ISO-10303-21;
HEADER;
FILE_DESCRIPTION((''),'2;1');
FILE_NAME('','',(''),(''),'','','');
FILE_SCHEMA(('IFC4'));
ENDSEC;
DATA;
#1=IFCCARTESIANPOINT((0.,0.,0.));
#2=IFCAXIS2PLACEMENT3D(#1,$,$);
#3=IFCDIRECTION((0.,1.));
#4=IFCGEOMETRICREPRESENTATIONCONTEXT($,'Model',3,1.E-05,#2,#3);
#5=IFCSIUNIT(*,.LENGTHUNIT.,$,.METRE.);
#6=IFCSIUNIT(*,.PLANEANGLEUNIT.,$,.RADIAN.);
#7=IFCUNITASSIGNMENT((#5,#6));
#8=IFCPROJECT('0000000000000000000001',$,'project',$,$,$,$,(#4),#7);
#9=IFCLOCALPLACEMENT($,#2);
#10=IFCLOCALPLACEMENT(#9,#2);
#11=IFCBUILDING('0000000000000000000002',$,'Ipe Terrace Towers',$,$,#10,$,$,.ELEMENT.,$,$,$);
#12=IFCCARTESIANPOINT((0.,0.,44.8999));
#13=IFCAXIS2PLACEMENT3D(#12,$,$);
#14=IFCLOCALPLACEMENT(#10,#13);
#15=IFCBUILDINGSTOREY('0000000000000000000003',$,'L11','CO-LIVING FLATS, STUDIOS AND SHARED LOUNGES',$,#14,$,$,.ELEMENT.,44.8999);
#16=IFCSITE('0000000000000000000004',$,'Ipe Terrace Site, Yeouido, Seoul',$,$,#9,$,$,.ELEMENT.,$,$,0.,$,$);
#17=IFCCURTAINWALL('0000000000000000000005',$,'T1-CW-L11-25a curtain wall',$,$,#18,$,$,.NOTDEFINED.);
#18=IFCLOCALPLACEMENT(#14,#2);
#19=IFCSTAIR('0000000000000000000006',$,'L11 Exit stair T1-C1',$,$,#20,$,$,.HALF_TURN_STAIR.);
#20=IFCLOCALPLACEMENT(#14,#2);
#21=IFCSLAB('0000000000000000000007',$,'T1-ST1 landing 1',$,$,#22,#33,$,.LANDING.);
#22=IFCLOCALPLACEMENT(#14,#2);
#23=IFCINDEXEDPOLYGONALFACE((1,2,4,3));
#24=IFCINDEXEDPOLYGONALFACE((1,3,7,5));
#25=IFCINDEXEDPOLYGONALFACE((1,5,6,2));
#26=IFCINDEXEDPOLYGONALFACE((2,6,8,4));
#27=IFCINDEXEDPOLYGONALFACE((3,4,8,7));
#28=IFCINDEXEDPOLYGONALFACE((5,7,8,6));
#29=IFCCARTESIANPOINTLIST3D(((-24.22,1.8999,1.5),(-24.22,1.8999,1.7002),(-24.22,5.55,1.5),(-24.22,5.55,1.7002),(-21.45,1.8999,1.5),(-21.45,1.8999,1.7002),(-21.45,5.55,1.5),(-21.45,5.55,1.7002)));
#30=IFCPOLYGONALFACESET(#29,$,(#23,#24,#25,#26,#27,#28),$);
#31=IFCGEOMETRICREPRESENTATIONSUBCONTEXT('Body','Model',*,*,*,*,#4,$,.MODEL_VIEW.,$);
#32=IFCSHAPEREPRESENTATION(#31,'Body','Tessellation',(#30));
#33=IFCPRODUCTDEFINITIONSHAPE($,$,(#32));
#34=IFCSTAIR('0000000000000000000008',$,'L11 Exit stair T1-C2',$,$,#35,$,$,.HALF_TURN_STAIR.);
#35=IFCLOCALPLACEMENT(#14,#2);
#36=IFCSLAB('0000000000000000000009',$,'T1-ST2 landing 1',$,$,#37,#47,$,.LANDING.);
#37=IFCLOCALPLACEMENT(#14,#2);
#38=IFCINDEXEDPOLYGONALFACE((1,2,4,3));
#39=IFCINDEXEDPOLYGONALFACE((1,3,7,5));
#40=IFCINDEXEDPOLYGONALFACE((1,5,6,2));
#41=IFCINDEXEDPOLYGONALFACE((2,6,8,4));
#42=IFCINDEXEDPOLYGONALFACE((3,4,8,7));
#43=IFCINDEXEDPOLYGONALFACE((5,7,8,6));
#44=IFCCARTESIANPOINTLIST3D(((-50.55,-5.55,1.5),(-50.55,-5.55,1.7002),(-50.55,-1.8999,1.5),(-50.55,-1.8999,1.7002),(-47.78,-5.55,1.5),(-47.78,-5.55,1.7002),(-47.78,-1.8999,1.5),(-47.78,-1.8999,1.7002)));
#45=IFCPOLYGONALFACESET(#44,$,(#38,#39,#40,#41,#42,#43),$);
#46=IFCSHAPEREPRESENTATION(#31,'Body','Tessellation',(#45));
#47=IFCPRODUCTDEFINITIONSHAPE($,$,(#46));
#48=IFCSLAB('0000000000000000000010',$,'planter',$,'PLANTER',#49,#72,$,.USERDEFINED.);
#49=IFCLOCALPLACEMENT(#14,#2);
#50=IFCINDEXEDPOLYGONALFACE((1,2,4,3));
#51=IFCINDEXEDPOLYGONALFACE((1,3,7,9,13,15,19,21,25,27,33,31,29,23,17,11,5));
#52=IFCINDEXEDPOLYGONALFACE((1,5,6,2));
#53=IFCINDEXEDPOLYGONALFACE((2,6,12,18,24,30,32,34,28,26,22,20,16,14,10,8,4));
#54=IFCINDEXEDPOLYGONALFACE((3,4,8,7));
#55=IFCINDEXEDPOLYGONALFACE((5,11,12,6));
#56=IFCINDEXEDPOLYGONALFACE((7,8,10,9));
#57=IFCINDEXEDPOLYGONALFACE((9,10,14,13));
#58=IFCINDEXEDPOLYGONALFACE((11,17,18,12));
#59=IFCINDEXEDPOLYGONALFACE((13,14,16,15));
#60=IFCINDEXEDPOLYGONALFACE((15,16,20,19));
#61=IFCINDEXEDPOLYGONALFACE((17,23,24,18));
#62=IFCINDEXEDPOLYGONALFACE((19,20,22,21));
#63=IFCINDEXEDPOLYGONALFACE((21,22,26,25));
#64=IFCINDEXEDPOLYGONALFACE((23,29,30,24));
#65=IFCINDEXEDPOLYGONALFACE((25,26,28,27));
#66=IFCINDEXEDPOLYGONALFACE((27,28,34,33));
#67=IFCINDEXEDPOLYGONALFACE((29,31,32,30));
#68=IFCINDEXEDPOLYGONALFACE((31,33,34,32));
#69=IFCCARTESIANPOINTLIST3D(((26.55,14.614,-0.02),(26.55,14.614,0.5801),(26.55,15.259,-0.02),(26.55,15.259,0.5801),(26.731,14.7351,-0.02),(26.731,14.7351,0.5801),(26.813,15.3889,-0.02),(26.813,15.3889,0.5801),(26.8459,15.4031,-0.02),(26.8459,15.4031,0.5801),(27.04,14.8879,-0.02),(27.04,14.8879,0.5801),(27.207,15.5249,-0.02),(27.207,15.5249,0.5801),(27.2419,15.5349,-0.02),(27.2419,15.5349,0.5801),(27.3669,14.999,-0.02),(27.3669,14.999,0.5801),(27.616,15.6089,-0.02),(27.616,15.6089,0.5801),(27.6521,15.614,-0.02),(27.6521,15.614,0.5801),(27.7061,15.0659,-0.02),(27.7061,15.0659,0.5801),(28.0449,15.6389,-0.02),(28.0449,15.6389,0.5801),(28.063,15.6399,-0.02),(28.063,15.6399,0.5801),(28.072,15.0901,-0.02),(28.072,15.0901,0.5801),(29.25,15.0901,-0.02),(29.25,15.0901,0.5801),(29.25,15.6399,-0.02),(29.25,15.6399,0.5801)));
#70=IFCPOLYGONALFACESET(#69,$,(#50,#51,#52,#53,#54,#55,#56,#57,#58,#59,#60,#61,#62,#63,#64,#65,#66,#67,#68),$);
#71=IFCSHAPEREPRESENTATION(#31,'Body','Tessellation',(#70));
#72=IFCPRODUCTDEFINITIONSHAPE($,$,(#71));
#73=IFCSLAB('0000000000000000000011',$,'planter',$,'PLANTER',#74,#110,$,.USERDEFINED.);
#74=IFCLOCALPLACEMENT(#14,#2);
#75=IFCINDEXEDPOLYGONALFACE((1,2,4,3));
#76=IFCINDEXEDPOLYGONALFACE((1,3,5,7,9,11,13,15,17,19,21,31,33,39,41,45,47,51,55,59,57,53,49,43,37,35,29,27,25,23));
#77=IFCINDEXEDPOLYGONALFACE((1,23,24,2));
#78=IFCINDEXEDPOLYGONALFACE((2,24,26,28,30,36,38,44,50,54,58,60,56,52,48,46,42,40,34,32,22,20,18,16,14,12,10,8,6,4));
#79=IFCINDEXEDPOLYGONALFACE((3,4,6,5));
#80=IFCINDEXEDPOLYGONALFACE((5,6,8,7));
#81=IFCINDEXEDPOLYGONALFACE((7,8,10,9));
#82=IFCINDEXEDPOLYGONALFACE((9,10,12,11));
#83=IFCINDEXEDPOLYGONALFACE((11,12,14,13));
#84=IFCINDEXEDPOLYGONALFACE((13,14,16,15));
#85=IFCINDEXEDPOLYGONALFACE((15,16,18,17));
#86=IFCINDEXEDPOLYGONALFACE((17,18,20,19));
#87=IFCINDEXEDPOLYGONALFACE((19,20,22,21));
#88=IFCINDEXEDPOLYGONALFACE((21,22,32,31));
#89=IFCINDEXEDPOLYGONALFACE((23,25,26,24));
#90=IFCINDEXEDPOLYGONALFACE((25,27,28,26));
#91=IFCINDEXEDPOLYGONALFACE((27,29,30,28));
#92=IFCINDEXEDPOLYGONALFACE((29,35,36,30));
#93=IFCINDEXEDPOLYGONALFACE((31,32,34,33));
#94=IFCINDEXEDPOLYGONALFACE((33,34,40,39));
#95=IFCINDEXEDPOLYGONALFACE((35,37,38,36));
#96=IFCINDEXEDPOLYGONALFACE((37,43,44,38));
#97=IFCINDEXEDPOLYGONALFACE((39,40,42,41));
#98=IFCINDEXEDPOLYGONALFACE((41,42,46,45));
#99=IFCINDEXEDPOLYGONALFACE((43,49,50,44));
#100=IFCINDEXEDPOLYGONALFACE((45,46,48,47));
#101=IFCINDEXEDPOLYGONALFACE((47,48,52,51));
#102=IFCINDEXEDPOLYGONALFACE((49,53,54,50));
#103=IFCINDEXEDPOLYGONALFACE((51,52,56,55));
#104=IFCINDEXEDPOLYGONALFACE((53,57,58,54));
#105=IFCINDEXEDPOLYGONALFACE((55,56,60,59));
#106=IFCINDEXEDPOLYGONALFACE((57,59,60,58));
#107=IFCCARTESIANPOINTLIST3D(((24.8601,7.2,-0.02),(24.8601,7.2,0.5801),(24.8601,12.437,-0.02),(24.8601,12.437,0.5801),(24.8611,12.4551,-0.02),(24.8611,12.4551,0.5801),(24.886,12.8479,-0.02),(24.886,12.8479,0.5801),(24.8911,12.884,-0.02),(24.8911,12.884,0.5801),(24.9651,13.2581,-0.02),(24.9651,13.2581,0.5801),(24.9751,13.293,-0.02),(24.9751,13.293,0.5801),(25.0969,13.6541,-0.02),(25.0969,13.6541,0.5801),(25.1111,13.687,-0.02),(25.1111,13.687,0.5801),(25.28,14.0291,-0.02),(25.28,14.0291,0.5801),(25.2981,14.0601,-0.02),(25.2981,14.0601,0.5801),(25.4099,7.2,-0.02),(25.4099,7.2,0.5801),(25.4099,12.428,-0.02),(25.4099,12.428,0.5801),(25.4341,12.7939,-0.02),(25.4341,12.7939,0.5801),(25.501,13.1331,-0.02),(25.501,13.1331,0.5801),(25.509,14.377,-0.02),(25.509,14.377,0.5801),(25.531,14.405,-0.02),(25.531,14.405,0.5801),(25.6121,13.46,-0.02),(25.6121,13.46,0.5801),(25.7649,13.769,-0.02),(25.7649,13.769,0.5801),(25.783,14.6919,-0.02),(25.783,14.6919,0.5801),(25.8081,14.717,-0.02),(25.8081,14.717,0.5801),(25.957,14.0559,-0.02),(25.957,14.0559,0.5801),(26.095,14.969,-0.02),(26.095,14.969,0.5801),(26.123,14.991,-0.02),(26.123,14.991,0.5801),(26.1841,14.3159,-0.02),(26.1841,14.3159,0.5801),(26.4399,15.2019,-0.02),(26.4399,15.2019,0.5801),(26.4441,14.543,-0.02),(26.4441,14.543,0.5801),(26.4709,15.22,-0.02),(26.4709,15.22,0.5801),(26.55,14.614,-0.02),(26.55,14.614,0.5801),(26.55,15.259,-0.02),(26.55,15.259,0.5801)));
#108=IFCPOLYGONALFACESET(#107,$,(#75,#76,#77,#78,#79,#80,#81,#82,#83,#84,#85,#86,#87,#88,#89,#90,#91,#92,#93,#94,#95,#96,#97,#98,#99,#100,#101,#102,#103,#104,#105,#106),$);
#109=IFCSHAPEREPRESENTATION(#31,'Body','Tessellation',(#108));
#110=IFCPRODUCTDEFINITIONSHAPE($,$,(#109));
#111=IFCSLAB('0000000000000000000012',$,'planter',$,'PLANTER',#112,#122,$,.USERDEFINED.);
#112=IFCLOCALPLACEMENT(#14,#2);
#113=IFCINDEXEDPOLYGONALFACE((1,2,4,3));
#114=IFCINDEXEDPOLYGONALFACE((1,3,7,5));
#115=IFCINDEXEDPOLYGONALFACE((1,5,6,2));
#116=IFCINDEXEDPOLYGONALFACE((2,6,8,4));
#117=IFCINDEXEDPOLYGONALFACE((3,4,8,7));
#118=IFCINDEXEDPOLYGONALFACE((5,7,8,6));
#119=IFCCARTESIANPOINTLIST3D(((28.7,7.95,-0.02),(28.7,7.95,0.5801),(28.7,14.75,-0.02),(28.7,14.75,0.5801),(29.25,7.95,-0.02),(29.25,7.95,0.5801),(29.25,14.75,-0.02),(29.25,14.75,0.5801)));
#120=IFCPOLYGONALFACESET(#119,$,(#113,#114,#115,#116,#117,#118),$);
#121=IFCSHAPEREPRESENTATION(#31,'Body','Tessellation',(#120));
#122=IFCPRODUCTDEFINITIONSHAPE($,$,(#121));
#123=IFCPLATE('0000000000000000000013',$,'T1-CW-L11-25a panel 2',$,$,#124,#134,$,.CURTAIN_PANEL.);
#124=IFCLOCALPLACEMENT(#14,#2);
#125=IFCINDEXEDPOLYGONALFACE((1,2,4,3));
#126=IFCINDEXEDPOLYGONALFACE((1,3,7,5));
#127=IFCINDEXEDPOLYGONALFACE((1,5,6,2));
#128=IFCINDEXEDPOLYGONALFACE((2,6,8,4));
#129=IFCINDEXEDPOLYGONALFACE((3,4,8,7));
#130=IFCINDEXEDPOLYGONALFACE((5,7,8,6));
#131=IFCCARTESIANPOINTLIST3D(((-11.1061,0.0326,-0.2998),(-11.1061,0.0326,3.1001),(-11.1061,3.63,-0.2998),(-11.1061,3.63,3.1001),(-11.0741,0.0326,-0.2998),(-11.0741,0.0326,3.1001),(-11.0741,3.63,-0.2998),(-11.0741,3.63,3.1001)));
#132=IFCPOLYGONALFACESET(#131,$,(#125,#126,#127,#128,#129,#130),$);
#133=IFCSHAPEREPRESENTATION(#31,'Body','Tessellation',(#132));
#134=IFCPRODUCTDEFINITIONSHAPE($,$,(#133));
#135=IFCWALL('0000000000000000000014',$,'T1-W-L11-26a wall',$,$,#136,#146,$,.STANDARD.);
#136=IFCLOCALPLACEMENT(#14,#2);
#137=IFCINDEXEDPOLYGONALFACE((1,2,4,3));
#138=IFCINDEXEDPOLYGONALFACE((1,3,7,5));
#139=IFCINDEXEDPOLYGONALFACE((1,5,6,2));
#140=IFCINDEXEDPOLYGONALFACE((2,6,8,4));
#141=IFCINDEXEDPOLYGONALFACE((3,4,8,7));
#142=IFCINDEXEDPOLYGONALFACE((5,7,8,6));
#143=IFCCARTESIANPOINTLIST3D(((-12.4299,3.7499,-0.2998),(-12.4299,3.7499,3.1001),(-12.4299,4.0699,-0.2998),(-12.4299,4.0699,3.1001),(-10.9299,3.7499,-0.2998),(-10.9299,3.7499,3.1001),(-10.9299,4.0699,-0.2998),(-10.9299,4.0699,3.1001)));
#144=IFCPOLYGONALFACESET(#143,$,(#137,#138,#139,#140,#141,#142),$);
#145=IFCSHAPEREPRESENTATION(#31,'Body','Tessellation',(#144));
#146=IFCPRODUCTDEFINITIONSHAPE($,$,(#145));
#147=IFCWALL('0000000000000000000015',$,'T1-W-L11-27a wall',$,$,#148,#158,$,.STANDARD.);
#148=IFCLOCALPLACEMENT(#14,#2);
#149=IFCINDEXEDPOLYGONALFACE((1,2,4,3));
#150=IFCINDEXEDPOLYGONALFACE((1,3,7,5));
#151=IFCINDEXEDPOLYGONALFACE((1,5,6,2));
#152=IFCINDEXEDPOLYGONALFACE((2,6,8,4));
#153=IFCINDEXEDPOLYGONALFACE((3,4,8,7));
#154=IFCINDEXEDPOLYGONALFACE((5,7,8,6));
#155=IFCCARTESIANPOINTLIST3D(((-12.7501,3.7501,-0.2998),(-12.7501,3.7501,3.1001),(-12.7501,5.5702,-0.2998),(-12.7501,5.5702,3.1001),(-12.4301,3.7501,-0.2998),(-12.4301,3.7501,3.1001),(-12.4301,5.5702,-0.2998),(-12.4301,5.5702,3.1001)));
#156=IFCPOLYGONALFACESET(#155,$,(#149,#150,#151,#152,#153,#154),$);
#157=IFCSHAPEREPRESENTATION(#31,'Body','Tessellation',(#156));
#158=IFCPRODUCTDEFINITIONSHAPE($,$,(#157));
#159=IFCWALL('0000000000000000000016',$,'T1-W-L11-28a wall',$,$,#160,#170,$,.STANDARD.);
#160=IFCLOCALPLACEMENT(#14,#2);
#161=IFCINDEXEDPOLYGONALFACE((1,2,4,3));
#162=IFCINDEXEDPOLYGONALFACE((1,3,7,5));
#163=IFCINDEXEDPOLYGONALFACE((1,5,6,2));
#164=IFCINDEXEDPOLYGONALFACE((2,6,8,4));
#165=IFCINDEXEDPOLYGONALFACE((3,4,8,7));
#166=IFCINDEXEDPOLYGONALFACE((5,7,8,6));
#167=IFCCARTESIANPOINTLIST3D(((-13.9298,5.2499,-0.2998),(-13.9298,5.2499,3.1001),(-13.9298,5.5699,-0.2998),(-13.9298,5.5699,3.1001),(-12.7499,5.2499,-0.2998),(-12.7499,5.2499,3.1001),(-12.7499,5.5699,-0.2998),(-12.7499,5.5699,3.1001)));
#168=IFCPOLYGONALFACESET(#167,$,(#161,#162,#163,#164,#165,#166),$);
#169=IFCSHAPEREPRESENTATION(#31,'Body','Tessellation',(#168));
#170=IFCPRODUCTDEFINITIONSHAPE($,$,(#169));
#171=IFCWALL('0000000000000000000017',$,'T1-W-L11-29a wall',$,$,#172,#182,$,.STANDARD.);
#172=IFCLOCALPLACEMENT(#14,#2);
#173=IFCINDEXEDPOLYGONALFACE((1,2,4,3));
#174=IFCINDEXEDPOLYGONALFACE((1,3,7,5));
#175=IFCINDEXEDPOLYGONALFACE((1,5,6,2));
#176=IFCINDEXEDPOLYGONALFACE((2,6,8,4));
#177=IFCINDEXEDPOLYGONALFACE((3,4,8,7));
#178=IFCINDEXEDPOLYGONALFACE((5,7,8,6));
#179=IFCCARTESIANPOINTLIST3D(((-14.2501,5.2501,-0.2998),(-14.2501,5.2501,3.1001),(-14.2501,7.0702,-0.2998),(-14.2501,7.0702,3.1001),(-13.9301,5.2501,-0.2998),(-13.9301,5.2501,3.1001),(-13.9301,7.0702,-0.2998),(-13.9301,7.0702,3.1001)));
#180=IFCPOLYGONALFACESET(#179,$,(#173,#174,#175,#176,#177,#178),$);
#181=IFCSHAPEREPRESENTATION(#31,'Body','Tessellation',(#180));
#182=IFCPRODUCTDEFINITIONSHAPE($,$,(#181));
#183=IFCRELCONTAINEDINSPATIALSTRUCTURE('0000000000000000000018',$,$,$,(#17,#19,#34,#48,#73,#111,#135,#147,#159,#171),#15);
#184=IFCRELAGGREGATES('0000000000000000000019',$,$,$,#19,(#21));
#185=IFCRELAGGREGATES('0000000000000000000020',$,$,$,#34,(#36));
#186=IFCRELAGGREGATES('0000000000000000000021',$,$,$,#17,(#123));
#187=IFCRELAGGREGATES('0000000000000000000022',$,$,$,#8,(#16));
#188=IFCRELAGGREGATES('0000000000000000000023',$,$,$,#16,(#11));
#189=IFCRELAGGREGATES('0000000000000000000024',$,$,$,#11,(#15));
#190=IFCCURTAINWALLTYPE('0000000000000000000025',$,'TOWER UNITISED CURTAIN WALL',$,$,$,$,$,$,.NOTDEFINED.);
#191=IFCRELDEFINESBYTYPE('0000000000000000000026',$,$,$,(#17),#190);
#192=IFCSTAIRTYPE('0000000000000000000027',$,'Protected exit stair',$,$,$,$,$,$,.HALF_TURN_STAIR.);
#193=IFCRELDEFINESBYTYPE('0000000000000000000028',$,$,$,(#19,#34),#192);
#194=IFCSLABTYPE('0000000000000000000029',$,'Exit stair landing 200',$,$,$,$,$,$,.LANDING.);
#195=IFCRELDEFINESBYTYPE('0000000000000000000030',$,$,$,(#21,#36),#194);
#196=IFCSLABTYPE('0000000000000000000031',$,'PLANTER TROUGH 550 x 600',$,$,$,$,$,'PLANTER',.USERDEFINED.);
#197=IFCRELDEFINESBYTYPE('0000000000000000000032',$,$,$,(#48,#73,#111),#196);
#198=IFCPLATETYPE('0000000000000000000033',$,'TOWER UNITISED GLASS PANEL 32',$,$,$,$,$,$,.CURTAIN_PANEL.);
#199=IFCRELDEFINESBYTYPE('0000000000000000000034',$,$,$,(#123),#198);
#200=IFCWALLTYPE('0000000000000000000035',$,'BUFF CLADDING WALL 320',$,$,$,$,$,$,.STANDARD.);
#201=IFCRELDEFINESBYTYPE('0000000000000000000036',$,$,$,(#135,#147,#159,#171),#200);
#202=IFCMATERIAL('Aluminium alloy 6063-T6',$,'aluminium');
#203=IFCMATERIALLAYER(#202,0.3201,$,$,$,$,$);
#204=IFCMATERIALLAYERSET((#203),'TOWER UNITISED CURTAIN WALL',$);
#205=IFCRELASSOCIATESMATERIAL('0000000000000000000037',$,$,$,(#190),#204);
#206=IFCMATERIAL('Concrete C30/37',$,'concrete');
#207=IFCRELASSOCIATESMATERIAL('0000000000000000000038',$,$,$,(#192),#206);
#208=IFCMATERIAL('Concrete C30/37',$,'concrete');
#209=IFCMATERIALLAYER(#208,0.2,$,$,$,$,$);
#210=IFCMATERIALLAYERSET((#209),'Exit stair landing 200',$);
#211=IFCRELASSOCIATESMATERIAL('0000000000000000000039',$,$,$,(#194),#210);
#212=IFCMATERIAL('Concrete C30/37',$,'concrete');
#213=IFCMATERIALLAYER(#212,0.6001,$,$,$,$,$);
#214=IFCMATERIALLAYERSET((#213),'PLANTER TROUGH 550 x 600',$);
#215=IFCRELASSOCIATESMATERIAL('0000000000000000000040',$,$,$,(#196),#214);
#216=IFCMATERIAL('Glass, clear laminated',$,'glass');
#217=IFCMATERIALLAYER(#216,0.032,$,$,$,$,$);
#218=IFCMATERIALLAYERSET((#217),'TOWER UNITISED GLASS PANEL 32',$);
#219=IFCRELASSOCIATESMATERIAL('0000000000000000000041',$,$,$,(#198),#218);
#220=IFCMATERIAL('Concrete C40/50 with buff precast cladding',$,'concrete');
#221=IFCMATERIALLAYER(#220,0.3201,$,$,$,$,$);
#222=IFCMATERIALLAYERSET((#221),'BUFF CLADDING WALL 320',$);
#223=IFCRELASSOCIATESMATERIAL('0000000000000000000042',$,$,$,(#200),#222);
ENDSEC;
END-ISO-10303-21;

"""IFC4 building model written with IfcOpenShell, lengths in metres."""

from ifc_helpers import new_model, si_unit, direction, frame, frame_2d, origin, origin_2d, place, context, subcontext, project, spatial, polyline, rectangle, outline, extrude, material, layer, layer_set, type_object, element, aggregate, save


model = new_model("IFC4")

# Units and contexts
model_context = context("Model", 3, precision=1e-05, world=origin(), true_north=direction((0.0, 1.0)))
body_context = subcontext(model_context, "Body", "Model", "MODEL_VIEW")
ifc_project = project(units=[si_unit("LENGTHUNIT", "METRE"), si_unit("PLANEANGLEUNIT", "RADIAN")], contexts=[model_context])

# Site, building, storey
site_placement = place(None, origin())
site = spatial("IfcSite", under=ifc_project, at=site_placement, Name="Ipe Terrace Site, Yeouido, Seoul", CompositionType="ELEMENT", RefElevation=0.0)
building_placement = place(site_placement, origin())
building = spatial("IfcBuilding", under=site, at=building_placement, Name="Ipe Terrace Towers", CompositionType="ELEMENT")
storey_placement = place(building_placement, frame((0.0, 0.0, 44.8999)))
storey = spatial("IfcBuildingStorey", under=building, at=storey_placement, Name="L11", Description="CO-LIVING FLATS, STUDIOS AND SHARED LOUNGES", CompositionType="ELEMENT", Elevation=44.8999)

# Curtain wall
ifc_material_1 = material(Name="Aluminium alloy 6063-T6", Category="aluminium")
ifc_layer_1 = layer(ifc_material_1, 0.3201)
ifc_layer_set_1 = layer_set([ifc_layer_1], Name="TOWER UNITISED CURTAIN WALL")
curtain_wall_type = type_object("IfcCurtainWallType", Name="TOWER UNITISED CURTAIN WALL", PredefinedType="NOTDEFINED", material=ifc_layer_set_1)
curtain_wall_1_placement = place(storey_placement, origin())
curtain_wall_1 = element("IfcCurtainWall", 1, at=curtain_wall_1_placement, inside=storey, type_object=curtain_wall_type, Name="T1-CW-L11-25a curtain wall", PredefinedType="NOTDEFINED")

# Stairs, slabs
ifc_material_2 = material(Name="Concrete C30/37", Category="concrete")
stair_type = type_object("IfcStairType", Name="Protected exit stair", PredefinedType="HALF_TURN_STAIR", material=ifc_material_2)
stair_1_placement = place(storey_placement, origin())
stair_1 = element("IfcStair", 2, at=stair_1_placement, inside=storey, type_object=stair_type, Name="L11 Exit stair T1-C1", PredefinedType="HALF_TURN_STAIR")
ifc_material_3 = material(Name="Concrete C30/37", Category="concrete")
ifc_layer_2 = layer(ifc_material_3, 0.2)
ifc_layer_set_2 = layer_set([ifc_layer_2], Name="Exit stair landing 200")
slab_type_1 = type_object("IfcSlabType", Name="Exit stair landing 200", PredefinedType="LANDING", material=ifc_layer_set_2)
slab_1_placement = place(storey_placement, frame((0.0, 0.0, 1.5)))
slab_1 = element("IfcSlab", 3, at=slab_1_placement, type_object=slab_type_1, Name="T1-ST1 landing 1", PredefinedType="LANDING", context=body_context, shape_type="SweptSolid", body=[
    extrude(outline(polyline([(-24.22, 1.8999), (-21.45, 1.8999), (-21.45, 5.55), (-24.22, 5.55), (-24.22, 1.8999)])), origin(), (0.0, 0.0, 1.0), 0.2002),
])
aggregate(stair_1, [slab_1])
stair_2_placement = place(storey_placement, origin())
stair_2 = element("IfcStair", 4, at=stair_2_placement, inside=storey, type_object=stair_type, Name="L11 Exit stair T1-C2", PredefinedType="HALF_TURN_STAIR")
slab_2_placement = place(storey_placement, frame((0.0, 0.0, 1.5)))
slab_2 = element("IfcSlab", 5, at=slab_2_placement, type_object=slab_type_1, Name="T1-ST2 landing 1", PredefinedType="LANDING", context=body_context, shape_type="SweptSolid", body=[
    extrude(outline(polyline([(-47.78, -1.8999), (-50.55, -1.8999), (-50.55, -5.55), (-47.78, -5.55), (-47.78, -1.8999)])), origin(), (0.0, 0.0, 1.0), 0.2002),
])
aggregate(stair_2, [slab_2])

# Slabs
ifc_material_4 = material(Name="Concrete C30/37", Category="concrete")
ifc_layer_3 = layer(ifc_material_4, 0.6001)
ifc_layer_set_3 = layer_set([ifc_layer_3], Name="PLANTER TROUGH 550 x 600")
slab_type_2 = type_object("IfcSlabType", Name="PLANTER TROUGH 550 x 600", ElementType="PLANTER", PredefinedType="USERDEFINED", material=ifc_layer_set_3)
slab_3_placement = place(storey_placement, frame((0.0, 0.0, -0.02)))
element("IfcSlab", 6, at=slab_3_placement, inside=storey, type_object=slab_type_2, Name="planter", ObjectType="PLANTER", PredefinedType="USERDEFINED", context=body_context, shape_type="SweptSolid", body=[
    extrude(outline(polyline([(27.3669, 14.999), (27.7061, 15.0659), (28.072, 15.0901), (29.25, 15.0901), (29.25, 15.6399), (28.063, 15.6399), (28.0449, 15.6389), (27.6521, 15.614), (27.616, 15.6089), (27.2419, 15.5349), (27.207, 15.5249), (26.8459, 15.4031), (26.813, 15.3889), (26.55, 15.259), (26.55, 14.614), (26.731, 14.7351), (27.04, 14.8879), (27.3669, 14.999)])), origin(), (0.0, 0.0, 1.0), 0.6001),
])
slab_4_placement = place(storey_placement, frame((0.0, 0.0, -0.02)))
element("IfcSlab", 7, at=slab_4_placement, inside=storey, type_object=slab_type_2, Name="planter", ObjectType="PLANTER", PredefinedType="USERDEFINED", context=body_context, shape_type="SweptSolid", body=[
    extrude(outline(polyline([(26.4441, 14.543), (26.55, 14.614), (26.55, 15.259), (26.4709, 15.22), (26.4399, 15.2019), (26.123, 14.991), (26.095, 14.969), (25.8081, 14.717), (25.783, 14.6919), (25.531, 14.405), (25.509, 14.377), (25.2981, 14.0601), (25.28, 14.0291), (25.1111, 13.687), (25.0969, 13.6541), (24.9751, 13.293), (24.9651, 13.2581), (24.8911, 12.884), (24.886, 12.8479), (24.8611, 12.4551), (24.8601, 12.437), (24.8601, 7.2), (25.4099, 7.2), (25.4099, 12.428), (25.4341, 12.7939), (25.501, 13.1331), (25.6121, 13.46), (25.7649, 13.769), (25.957, 14.0559), (26.1841, 14.3159), (26.4441, 14.543)])), origin(), (0.0, 0.0, 1.0), 0.6001),
])
slab_5_placement = place(storey_placement, frame((0.0, 0.0, -0.02)))
element("IfcSlab", 8, at=slab_5_placement, inside=storey, type_object=slab_type_2, Name="planter", ObjectType="PLANTER", PredefinedType="USERDEFINED", context=body_context, shape_type="SweptSolid", body=[
    extrude(outline(polyline([(29.25, 7.95), (29.25, 14.75), (28.7, 14.75), (28.7, 7.95), (29.25, 7.95)])), origin(), (0.0, 0.0, 1.0), 0.6001),
])

# Plate
ifc_material_5 = material(Name="Glass, clear laminated", Category="glass")
ifc_layer_4 = layer(ifc_material_5, 0.032)
ifc_layer_set_4 = layer_set([ifc_layer_4], Name="TOWER UNITISED GLASS PANEL 32")
plate_type = type_object("IfcPlateType", Name="TOWER UNITISED GLASS PANEL 32", PredefinedType="CURTAIN_PANEL", material=ifc_layer_set_4)
plate_placement = place(storey_placement, frame((-11.0901, 1.8313, -0.2998), z_axis=(0.0, 0.0, 1.0), x_axis=(0.0, 1.0, 0.0)))
plate = element("IfcPlate", 9, at=plate_placement, type_object=plate_type, Name="T1-CW-L11-25a panel 2", PredefinedType="CURTAIN_PANEL", context=body_context, shape_type="SweptSolid", body=[
    extrude(rectangle(XDim=3.5974, YDim=0.032, at=origin_2d()), origin(), (0.0, 0.0, 1.0), 3.3999),
])
aggregate(curtain_wall_1, [plate])

# Walls
ifc_material_6 = material(Name="Concrete C40/50 with buff precast cladding", Category="concrete")
ifc_layer_5 = layer(ifc_material_6, 0.3201)
ifc_layer_set_5 = layer_set([ifc_layer_5], Name="BUFF CLADDING WALL 320")
wall_type = type_object("IfcWallType", Name="BUFF CLADDING WALL 320", PredefinedType="STANDARD", material=ifc_layer_set_5)
wall_1_placement = place(storey_placement, frame((-10.9299, 3.9099, -0.2998), z_axis=(0.0, 0.0, 1.0), x_axis=(-1.0, 0.0, 0.0)))
element("IfcWall", 10, at=wall_1_placement, inside=storey, type_object=wall_type, Name="T1-W-L11-26a wall", PredefinedType="STANDARD", context=body_context, shape_type="SweptSolid", body=[
    extrude(rectangle(XDim=1.5, YDim=0.3201, at=frame_2d((0.75, 0.0))), origin(), (0.0, 0.0, 1.0), 3.3999),
])
wall_2_placement = place(storey_placement, frame((-12.5901, 3.75, -0.2998), z_axis=(0.0, 0.0, 1.0), x_axis=(0.0, 1.0, 0.0)))
element("IfcWall", 11, at=wall_2_placement, inside=storey, type_object=wall_type, Name="T1-W-L11-27a wall", PredefinedType="STANDARD", context=body_context, shape_type="SweptSolid", body=[
    extrude(rectangle(XDim=1.8201, YDim=0.3201, at=frame_2d((0.9102, 0.0))), origin(), (0.0, 0.0, 1.0), 3.3999),
])
wall_3_placement = place(storey_placement, frame((-12.75, 5.4099, -0.2998), z_axis=(0.0, 0.0, 1.0), x_axis=(-1.0, 0.0, 0.0)))
element("IfcWall", 12, at=wall_3_placement, inside=storey, type_object=wall_type, Name="T1-W-L11-28a wall", PredefinedType="STANDARD", context=body_context, shape_type="SweptSolid", body=[
    extrude(rectangle(XDim=1.1799, YDim=0.3201, at=frame_2d((0.5898, 0.0))), origin(), (0.0, 0.0, 1.0), 3.3999),
])
wall_4_placement = place(storey_placement, frame((-14.0901, 5.25, -0.2998), z_axis=(0.0, 0.0, 1.0), x_axis=(0.0, 1.0, 0.0)))
element("IfcWall", 13, at=wall_4_placement, inside=storey, type_object=wall_type, Name="T1-W-L11-29a wall", PredefinedType="STANDARD", context=body_context, shape_type="SweptSolid", body=[
    extrude(rectangle(XDim=1.8201, YDim=0.3201, at=frame_2d((0.9102, 0.0))), origin(), (0.0, 0.0, 1.0), 3.3999),
])

save(model, "model.ifc")
